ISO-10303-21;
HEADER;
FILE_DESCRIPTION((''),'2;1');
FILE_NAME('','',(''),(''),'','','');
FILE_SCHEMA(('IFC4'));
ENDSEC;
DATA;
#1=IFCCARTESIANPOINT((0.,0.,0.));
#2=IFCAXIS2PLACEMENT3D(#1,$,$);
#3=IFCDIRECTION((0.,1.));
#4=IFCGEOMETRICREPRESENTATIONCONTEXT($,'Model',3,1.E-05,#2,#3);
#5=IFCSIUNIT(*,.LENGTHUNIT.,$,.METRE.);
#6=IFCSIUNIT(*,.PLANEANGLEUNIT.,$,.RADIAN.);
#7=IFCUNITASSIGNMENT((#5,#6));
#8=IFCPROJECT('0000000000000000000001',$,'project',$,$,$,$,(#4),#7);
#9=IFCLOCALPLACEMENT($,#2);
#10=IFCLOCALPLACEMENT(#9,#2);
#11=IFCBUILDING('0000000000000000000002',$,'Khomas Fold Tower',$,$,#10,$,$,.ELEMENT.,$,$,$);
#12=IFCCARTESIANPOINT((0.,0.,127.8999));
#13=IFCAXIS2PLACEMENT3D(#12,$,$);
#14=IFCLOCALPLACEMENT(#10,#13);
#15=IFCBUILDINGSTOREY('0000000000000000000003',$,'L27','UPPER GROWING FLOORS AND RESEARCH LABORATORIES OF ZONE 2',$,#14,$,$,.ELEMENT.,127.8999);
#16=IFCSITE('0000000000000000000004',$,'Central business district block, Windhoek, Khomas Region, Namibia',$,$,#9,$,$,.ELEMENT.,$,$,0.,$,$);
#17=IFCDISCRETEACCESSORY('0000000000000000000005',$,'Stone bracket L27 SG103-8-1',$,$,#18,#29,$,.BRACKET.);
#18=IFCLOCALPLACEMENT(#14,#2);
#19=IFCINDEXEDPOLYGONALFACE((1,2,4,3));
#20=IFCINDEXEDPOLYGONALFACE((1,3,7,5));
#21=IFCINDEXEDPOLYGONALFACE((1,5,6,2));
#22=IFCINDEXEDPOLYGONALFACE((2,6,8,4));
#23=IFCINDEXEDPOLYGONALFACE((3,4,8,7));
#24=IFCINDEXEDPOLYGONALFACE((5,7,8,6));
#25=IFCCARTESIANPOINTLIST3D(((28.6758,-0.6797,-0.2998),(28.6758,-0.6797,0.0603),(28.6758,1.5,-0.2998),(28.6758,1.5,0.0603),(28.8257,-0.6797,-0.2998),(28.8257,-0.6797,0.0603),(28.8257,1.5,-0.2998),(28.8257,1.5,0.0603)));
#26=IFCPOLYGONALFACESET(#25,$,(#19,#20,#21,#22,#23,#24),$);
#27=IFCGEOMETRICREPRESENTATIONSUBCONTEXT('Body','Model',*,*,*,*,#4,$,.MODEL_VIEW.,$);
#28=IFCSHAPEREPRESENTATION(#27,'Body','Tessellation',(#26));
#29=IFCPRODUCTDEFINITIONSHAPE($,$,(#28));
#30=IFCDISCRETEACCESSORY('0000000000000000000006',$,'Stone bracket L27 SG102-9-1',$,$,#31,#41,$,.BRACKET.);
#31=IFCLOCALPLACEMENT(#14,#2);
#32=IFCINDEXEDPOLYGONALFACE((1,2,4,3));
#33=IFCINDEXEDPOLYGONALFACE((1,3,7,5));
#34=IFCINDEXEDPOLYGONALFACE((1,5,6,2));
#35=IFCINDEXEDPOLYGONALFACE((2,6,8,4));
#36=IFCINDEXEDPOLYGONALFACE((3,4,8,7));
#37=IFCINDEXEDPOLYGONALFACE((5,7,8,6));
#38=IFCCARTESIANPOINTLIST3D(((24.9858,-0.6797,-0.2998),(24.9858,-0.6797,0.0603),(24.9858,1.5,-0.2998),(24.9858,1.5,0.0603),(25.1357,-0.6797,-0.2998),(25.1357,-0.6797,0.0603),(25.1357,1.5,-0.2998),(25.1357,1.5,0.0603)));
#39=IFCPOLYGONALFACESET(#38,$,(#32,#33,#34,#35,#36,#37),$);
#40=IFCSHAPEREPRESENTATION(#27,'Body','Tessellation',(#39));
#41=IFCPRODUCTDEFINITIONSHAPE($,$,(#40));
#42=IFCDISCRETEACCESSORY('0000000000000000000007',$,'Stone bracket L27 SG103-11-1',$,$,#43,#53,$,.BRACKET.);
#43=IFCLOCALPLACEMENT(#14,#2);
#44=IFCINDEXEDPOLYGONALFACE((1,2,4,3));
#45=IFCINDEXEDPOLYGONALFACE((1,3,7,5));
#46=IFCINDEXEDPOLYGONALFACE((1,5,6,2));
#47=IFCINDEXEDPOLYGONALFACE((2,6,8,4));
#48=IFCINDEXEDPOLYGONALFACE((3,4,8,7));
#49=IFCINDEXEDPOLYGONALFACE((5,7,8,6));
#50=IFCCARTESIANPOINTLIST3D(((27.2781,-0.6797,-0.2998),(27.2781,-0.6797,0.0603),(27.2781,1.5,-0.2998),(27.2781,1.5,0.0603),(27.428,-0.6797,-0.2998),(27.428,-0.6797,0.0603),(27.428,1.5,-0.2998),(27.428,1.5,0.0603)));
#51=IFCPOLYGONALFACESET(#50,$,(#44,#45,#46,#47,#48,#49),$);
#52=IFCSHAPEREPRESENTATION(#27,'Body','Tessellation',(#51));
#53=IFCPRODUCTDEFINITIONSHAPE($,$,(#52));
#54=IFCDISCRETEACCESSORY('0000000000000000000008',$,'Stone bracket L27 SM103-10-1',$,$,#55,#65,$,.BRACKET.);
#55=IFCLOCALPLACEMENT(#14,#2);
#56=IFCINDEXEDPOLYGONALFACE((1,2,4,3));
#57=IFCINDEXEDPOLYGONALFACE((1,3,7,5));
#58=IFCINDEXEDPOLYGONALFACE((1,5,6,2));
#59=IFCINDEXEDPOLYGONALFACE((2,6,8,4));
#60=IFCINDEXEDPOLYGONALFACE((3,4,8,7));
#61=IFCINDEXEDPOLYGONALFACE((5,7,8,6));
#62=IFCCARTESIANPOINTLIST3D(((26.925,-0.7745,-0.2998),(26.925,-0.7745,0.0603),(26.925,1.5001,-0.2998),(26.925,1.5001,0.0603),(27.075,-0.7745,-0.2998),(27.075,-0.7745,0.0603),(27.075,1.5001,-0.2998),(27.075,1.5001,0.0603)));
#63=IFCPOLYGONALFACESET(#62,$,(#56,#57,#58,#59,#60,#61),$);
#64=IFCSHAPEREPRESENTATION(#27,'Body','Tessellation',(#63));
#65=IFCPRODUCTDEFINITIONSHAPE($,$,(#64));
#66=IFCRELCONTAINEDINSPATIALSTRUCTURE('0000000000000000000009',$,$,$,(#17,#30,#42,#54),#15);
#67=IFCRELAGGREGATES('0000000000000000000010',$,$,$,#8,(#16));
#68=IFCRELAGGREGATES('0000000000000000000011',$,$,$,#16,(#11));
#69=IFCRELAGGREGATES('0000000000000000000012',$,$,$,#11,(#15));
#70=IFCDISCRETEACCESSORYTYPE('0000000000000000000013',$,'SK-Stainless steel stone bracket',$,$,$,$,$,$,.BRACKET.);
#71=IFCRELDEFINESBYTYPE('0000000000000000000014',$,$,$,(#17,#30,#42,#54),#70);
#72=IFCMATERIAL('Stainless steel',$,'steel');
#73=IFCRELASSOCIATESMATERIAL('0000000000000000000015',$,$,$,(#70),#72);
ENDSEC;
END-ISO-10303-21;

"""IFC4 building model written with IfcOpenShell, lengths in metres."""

from ifc_helpers import new_model, si_unit, direction, frame, origin, origin_2d, place, context, subcontext, project, spatial, rectangle, extrude, source, transform, mapped, material, type_object, element, save


model = new_model("IFC4")

# Units and contexts
model_context = context("Model", 3, precision=1e-05, world=origin(), true_north=direction((0.0, 1.0)))
body_context = subcontext(model_context, "Body", "Model", "MODEL_VIEW")
ifc_project = project(units=[si_unit("LENGTHUNIT", "METRE"), si_unit("PLANEANGLEUNIT", "RADIAN")], contexts=[model_context])

# Site, building, storey
site_placement = place(None, origin())
site = spatial("IfcSite", under=ifc_project, at=site_placement, Name="Central business district block, Windhoek, Khomas Region, Namibia", CompositionType="ELEMENT", RefElevation=0.0)
building_placement = place(site_placement, origin())
building = spatial("IfcBuilding", under=site, at=building_placement, Name="Khomas Fold Tower", CompositionType="ELEMENT")
storey_placement = place(building_placement, frame((0.0, 0.0, 127.8999)))
storey = spatial("IfcBuildingStorey", under=building, at=storey_placement, Name="L27", Description="UPPER GROWING FLOORS AND RESEARCH LABORATORIES OF ZONE 2", CompositionType="ELEMENT", Elevation=127.8999)

# Discrete accessories
ifc_material_1 = material(Name="Stainless steel", Category="steel")
discrete_accessory_type = type_object("IfcDiscreteAccessoryType", Name="SK-Stainless steel stone bracket", PredefinedType="BRACKET", material=ifc_material_1)
shared_shape_1 = source(origin(), body_context, "Body", "SweptSolid", [
    extrude(rectangle(XDim=2.1797, YDim=0.1499, at=origin_2d()), origin(), (0.0, 0.0, 1.0), 0.3601),
])
for number, where, z_axis, x_axis, name in (
    (1, (28.7507, 0.4102, -0.2998), (0.0, 0.0, 1.0), (0.0, -1.0, 0.0), "Stone bracket L27 SG103-8-1"),
    (2, (25.0608, 0.4102, -0.2998), (0.0, 0.0, 1.0), (0.0, -1.0, 0.0), "Stone bracket L27 SG102-9-1"),
    (3, (27.353, 0.4102, -0.2998), (0.0, 0.0, 1.0), (0.0, -1.0, 0.0), "Stone bracket L27 SG103-11-1"),
):
    element("IfcDiscreteAccessory", number, at=place(storey_placement, frame(where, z_axis=z_axis, x_axis=x_axis)), inside=storey, type_object=discrete_accessory_type, Name=name, PredefinedType="BRACKET", context=body_context, shape_type="MappedRepresentation", body=[
        mapped(shared_shape_1, transform((0.0, 0.0, 0.0))),
    ])
shared_shape_2 = source(origin(), body_context, "Body", "SweptSolid", [
    extrude(rectangle(XDim=2.2747, YDim=0.1499, at=origin_2d()), origin(), (0.0, 0.0, 1.0), 0.3601),
])
discrete_accessory_placement = place(storey_placement, frame((27.0, 0.3628, -0.2998), z_axis=(0.0, 0.0, 1.0), x_axis=(0.0, -1.0, 0.0)))
element("IfcDiscreteAccessory", 4, at=discrete_accessory_placement, inside=storey, type_object=discrete_accessory_type, Name="Stone bracket L27 SM103-10-1", PredefinedType="BRACKET", context=body_context, shape_type="MappedRepresentation", body=[
    mapped(shared_shape_2, transform((0.0, 0.0, 0.0))),
])

save(model, "model.ifc")
